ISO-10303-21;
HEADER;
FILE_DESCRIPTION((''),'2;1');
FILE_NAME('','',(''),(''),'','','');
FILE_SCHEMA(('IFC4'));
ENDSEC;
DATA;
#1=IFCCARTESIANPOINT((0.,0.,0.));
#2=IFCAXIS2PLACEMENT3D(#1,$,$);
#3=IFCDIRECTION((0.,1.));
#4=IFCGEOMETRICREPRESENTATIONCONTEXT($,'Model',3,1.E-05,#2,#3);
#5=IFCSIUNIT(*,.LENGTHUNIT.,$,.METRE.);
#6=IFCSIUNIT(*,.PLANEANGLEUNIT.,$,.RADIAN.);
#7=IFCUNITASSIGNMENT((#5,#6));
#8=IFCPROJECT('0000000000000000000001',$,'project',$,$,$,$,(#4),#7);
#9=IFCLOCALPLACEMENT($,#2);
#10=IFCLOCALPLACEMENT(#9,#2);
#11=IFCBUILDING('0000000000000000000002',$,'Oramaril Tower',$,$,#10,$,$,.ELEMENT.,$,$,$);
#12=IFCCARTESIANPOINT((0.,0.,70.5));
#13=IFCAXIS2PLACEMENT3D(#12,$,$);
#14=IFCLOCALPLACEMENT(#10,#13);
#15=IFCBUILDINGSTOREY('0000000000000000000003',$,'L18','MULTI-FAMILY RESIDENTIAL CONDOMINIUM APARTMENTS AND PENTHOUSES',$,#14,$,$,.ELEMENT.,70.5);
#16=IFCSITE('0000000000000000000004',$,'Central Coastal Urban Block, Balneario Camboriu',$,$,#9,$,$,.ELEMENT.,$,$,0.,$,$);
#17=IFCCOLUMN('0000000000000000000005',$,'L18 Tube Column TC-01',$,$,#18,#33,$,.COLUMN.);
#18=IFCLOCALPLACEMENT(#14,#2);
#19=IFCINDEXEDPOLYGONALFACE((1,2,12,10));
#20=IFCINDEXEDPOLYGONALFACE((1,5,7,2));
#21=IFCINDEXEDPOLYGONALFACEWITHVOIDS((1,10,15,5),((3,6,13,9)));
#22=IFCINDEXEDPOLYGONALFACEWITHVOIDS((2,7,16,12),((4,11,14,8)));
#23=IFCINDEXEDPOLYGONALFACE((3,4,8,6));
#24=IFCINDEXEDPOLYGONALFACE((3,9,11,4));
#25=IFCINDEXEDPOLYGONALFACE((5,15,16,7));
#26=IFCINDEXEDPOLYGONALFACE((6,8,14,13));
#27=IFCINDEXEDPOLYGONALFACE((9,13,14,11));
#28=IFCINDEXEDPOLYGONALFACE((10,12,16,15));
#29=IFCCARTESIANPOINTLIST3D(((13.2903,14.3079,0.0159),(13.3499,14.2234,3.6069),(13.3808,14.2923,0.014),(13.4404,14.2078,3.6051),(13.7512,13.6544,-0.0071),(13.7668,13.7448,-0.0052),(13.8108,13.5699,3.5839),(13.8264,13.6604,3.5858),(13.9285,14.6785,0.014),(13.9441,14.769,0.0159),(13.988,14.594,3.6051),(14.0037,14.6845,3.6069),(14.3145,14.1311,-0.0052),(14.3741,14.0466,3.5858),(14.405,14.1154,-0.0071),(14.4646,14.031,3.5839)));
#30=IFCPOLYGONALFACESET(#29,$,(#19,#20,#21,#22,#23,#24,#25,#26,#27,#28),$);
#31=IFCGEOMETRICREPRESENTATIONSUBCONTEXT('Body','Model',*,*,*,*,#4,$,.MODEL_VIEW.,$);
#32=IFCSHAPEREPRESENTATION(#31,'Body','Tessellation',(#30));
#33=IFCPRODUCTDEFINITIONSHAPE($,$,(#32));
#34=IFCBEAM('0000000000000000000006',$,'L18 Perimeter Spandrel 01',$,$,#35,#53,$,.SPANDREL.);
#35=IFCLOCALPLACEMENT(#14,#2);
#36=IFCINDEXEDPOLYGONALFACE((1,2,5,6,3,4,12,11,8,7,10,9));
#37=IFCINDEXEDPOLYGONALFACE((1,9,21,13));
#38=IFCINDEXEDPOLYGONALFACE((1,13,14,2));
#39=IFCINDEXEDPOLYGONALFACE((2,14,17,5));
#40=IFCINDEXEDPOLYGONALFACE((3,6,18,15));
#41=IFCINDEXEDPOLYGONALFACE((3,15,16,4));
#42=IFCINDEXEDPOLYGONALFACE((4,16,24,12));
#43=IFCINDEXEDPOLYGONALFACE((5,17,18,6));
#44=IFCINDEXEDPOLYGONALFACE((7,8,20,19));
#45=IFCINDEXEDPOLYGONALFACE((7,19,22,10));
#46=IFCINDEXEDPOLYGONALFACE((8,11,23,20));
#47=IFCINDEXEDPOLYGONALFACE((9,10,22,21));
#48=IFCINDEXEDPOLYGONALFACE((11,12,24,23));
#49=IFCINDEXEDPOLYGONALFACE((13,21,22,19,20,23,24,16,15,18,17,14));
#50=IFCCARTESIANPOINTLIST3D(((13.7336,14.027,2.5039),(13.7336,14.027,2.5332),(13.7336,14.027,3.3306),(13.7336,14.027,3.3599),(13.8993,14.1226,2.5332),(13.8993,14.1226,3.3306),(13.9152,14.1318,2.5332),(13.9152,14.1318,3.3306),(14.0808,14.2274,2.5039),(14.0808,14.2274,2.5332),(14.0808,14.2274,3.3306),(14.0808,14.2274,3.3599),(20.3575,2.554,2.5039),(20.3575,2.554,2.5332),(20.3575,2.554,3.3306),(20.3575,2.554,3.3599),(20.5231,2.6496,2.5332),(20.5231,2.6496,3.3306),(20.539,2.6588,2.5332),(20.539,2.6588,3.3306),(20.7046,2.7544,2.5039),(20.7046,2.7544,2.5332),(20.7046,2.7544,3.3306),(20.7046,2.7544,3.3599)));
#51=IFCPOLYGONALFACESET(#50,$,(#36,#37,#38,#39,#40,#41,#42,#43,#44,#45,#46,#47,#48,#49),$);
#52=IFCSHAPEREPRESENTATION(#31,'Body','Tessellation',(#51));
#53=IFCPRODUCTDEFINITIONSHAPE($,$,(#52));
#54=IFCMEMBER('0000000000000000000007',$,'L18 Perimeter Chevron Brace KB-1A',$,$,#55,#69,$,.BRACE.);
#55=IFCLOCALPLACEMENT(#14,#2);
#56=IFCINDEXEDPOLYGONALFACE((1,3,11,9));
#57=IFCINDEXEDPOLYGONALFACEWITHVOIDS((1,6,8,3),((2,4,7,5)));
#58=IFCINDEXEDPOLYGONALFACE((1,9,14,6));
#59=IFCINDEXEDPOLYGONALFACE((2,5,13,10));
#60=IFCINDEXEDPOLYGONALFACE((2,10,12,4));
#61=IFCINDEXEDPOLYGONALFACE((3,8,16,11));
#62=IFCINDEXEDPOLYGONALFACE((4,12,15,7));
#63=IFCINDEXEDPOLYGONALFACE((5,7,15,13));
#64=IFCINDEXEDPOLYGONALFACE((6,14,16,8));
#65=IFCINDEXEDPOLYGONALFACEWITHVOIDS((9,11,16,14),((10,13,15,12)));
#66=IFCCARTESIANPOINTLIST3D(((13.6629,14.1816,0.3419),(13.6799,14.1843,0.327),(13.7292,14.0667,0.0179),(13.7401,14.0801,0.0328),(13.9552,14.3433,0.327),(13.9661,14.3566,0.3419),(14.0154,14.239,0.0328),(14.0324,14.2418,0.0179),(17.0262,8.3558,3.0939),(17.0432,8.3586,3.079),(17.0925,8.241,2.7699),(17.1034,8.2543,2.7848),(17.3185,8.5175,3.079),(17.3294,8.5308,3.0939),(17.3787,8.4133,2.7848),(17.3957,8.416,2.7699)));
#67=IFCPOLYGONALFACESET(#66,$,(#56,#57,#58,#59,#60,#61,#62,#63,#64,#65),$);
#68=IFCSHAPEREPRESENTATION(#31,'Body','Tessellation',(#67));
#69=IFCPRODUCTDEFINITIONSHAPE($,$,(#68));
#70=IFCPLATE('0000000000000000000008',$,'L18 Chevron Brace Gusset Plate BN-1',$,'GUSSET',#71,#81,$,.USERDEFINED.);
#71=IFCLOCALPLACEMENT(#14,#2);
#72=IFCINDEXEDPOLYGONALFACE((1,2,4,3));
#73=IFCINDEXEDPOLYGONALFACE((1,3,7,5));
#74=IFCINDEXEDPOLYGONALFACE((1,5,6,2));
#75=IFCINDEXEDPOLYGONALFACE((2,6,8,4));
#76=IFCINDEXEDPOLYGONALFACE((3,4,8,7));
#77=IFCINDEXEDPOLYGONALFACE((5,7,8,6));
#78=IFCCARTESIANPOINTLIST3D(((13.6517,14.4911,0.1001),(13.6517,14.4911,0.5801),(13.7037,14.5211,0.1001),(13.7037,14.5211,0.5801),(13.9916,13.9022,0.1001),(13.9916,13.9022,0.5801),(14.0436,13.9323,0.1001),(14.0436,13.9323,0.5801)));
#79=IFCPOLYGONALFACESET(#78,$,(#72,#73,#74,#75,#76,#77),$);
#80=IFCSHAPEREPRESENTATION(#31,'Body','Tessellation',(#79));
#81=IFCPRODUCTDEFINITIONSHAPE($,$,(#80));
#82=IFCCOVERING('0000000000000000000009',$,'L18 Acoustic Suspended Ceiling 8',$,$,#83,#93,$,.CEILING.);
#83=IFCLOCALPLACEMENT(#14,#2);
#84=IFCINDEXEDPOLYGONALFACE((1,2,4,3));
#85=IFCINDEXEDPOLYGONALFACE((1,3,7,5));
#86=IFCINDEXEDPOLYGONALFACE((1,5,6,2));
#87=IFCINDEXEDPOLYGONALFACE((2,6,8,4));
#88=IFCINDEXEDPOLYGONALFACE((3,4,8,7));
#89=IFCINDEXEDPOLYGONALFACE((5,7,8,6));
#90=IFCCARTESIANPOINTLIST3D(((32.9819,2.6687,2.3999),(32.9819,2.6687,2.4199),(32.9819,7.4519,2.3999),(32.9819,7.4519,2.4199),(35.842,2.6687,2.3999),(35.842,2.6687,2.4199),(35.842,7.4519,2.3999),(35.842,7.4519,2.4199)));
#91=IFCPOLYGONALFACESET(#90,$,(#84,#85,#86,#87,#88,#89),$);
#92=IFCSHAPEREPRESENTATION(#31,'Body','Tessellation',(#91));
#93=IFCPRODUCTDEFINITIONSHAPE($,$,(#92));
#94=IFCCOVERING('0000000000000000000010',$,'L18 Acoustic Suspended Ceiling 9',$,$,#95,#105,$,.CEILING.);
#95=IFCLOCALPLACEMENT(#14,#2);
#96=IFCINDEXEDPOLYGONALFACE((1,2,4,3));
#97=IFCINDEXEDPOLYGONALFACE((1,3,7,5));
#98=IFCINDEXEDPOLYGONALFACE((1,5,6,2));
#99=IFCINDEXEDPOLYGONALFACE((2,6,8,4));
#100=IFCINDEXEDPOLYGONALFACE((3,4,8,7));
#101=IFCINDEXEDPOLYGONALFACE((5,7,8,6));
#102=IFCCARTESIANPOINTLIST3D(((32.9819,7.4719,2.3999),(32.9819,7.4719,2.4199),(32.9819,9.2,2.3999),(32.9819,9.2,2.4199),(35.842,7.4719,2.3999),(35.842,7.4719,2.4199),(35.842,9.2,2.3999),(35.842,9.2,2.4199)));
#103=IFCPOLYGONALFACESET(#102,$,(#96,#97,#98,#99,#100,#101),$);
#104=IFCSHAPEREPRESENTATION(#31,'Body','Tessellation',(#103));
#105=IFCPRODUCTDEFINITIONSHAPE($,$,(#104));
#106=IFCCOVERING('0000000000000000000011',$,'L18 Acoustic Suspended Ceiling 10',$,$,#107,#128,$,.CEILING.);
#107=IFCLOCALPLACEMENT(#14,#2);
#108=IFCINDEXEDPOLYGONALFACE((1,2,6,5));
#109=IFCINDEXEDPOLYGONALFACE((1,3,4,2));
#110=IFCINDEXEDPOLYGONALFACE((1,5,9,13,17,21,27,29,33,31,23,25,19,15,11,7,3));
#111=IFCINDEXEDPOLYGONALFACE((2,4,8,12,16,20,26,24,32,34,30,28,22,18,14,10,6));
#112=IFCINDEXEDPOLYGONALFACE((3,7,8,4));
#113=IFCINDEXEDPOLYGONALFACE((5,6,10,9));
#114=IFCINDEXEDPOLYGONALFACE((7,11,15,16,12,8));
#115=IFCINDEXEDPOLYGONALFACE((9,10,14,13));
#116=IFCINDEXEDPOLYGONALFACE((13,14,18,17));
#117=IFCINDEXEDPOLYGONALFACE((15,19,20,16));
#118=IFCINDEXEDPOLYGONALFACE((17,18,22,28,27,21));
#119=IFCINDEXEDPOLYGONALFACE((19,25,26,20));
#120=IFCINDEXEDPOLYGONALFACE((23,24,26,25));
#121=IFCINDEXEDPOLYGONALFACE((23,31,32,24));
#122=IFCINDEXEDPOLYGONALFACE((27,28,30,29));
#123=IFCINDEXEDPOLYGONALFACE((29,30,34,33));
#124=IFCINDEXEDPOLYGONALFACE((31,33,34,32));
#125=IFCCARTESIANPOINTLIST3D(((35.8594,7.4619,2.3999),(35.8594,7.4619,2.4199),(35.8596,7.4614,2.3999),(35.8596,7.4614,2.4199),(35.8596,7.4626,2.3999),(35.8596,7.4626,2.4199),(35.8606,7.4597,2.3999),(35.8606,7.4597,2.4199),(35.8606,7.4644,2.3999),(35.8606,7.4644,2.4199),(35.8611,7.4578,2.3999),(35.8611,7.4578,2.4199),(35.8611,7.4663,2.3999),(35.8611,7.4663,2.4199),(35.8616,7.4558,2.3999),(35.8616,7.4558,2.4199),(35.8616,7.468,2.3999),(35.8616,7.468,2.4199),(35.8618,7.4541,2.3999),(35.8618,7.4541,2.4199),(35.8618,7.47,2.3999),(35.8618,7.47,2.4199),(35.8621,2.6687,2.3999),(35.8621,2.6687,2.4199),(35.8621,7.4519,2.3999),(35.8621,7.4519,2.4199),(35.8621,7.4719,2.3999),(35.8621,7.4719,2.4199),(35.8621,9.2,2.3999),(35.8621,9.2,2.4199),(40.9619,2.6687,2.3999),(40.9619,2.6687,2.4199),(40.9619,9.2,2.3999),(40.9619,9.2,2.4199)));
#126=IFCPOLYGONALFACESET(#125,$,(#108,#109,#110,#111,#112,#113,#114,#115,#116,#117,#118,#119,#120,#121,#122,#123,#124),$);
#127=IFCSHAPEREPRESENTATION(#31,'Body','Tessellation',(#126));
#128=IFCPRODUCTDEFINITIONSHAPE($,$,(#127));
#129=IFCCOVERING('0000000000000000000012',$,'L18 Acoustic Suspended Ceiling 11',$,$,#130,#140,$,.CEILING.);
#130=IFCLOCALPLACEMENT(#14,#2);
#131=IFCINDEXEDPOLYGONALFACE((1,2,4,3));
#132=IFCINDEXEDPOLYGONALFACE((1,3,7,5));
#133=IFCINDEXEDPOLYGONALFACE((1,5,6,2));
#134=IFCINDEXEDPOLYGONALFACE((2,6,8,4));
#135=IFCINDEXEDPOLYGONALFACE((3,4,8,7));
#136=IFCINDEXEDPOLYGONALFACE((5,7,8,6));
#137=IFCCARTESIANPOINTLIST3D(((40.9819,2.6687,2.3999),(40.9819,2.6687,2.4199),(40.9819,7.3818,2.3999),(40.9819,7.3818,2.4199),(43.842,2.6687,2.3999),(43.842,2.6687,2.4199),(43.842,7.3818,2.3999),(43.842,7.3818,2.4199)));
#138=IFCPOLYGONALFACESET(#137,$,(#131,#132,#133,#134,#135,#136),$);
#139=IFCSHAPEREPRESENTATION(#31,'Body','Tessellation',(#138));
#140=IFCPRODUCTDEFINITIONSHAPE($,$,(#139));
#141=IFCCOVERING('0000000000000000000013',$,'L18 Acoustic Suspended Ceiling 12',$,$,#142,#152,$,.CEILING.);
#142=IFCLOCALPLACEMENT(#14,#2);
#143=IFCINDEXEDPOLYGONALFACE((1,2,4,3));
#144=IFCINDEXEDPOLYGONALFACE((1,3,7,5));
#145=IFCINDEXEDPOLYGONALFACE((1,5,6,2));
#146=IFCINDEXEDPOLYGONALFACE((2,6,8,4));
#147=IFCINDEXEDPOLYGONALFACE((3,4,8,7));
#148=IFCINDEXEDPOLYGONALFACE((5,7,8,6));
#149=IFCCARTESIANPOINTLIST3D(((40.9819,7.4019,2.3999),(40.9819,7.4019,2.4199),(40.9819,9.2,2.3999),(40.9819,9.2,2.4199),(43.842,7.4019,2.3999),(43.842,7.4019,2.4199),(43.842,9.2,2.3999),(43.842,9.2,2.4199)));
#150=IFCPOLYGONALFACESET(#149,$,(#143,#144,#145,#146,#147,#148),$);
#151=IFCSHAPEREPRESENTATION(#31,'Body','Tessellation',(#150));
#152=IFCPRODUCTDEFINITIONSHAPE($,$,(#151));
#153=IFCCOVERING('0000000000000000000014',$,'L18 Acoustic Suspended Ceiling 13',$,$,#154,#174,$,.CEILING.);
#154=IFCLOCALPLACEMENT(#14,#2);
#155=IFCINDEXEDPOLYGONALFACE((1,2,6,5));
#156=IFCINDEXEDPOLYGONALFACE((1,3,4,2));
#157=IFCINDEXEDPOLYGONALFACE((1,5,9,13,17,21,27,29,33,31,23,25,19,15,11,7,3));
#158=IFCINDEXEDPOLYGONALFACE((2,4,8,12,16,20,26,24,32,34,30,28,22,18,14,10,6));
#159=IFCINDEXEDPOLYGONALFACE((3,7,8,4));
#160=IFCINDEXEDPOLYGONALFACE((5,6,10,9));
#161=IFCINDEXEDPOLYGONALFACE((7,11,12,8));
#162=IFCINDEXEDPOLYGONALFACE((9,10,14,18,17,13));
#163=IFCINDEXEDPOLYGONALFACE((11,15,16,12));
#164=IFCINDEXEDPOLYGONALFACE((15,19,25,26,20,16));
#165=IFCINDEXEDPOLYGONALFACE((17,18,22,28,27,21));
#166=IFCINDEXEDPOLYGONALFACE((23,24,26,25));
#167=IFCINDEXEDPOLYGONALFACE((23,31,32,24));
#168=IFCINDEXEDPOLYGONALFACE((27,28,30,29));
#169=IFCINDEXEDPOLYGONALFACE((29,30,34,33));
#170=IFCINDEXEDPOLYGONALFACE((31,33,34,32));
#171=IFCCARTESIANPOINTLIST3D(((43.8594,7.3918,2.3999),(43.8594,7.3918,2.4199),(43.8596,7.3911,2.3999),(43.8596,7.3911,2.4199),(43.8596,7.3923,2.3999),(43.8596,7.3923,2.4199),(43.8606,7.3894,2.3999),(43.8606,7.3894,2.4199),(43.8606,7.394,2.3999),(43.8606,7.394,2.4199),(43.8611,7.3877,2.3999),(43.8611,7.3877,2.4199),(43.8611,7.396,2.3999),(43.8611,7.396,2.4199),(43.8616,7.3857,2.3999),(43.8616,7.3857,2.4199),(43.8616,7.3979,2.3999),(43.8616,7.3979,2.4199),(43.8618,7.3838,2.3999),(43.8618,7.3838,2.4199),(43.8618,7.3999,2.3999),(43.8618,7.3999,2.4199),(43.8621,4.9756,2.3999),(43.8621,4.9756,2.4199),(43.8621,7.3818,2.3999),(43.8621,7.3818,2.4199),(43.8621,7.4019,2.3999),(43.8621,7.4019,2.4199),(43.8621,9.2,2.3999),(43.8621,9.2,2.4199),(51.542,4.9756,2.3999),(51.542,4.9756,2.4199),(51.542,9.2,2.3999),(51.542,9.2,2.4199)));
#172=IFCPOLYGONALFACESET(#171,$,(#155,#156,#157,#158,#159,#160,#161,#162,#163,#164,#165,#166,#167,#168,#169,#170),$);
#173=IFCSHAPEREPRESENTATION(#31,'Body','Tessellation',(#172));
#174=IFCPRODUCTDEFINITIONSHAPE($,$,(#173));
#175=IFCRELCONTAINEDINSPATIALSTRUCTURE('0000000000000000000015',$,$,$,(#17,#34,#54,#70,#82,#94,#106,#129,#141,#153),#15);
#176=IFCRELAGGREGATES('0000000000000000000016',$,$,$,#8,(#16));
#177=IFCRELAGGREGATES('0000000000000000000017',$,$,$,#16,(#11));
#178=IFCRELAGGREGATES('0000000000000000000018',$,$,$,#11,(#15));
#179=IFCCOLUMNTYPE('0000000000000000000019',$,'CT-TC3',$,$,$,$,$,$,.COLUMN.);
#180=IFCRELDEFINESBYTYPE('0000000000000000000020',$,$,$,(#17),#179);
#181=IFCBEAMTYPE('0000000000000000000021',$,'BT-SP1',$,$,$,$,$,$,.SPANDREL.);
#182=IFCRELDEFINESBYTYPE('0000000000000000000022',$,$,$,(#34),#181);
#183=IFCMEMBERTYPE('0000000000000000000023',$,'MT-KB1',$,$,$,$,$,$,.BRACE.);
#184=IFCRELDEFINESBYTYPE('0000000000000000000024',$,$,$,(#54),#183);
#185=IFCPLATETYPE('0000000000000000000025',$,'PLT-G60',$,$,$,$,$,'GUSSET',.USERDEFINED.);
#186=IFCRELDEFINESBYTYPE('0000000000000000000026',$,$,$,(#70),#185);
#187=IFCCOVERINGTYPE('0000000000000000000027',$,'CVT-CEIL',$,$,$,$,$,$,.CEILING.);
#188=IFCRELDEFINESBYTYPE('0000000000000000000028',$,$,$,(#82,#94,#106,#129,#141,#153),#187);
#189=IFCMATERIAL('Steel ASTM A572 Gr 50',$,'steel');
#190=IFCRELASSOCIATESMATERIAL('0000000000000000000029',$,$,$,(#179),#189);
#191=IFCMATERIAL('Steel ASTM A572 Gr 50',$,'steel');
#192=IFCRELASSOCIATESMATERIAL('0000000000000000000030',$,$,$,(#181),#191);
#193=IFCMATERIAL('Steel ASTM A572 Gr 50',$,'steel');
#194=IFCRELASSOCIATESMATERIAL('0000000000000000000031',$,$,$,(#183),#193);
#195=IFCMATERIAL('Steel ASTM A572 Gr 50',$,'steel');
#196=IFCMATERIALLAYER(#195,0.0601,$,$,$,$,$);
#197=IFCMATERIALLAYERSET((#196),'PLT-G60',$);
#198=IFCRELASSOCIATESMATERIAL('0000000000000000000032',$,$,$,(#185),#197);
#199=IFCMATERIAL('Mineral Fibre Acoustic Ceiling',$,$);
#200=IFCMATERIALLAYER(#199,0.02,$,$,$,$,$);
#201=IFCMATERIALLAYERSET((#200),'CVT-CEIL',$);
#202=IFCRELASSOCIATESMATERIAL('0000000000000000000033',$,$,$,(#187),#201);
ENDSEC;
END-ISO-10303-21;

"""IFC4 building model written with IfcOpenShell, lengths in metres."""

from ifc_helpers import new_model, si_unit, direction, frame, origin, origin_2d, place, context, subcontext, project, spatial, polyline, rectangle, hollow_rectangle, i_section, outline, extrude, material, layer, layer_set, material_profile, profile_set, type_object, element, save


model = new_model("IFC4")

# Units and contexts
model_context = context("Model", 3, precision=1e-05, world=origin(), true_north=direction((0.0, 1.0)))
body_context = subcontext(model_context, "Body", "Model", "MODEL_VIEW")
ifc_project = project(units=[si_unit("LENGTHUNIT", "METRE"), si_unit("PLANEANGLEUNIT", "RADIAN")], contexts=[model_context])

# Site, building, storey
site_placement = place(None, origin())
site = spatial("IfcSite", under=ifc_project, at=site_placement, Name="Central Coastal Urban Block, Balneario Camboriu", CompositionType="ELEMENT", RefElevation=0.0)
building_placement = place(site_placement, origin())
building = spatial("IfcBuilding", under=site, at=building_placement, Name="Oramaril Tower", CompositionType="ELEMENT")
storey_placement = place(building_placement, frame((0.0, 0.0, 70.5)))
storey = spatial("IfcBuildingStorey", under=building, at=storey_placement, Name="L18", Description="MULTI-FAMILY RESIDENTIAL CONDOMINIUM APARTMENTS AND PENTHOUSES", CompositionType="ELEMENT", Elevation=70.5)

# Column
ifc_material_1 = material(Name="Steel ASTM A572 Gr 50", Category="steel")
ifc_material_profile_1 = material_profile(ifc_material_1, hollow_rectangle(XDim=0.8, YDim=0.8, WallThickness=0.0649, at=origin_2d()), Name="BOX800X800X65")
ifc_profile_set_1 = profile_set([ifc_material_profile_1], Name="Steel ASTM A572 Gr 50")
column_type = type_object("IfcColumnType", Name="CT-TC3", PredefinedType="COLUMN", material=ifc_profile_set_1)
column_placement = place(storey_placement, frame((13.8477, 14.2117, 0.0044), z_axis=(0.016582, -0.023513, 0.999586), x_axis=(0.81723, 0.576312, 0.0)))
element("IfcColumn", 1, at=column_placement, inside=storey, type_object=column_type, Name="L18 Tube Column TC-01", PredefinedType="COLUMN", context=body_context, shape_type="SweptSolid", body=[
    extrude(hollow_rectangle(XDim=0.8, YDim=0.8, WallThickness=0.0649, at=origin_2d()), origin(), (0.0, 0.0, 1.0), 3.5925),
])

# Beam
ifc_material_2 = material(Name="Steel ASTM A572 Gr 50", Category="steel")
ifc_material_profile_2 = material_profile(ifc_material_2, i_section(OverallWidth=0.4009, OverallDepth=0.856, WebThickness=0.0183, FlangeThickness=0.0293, at=origin_2d()), Name="W33X201")
ifc_profile_set_2 = profile_set([ifc_material_profile_2], Name="Steel ASTM A572 Gr 50")
beam_type = type_object("IfcBeamType", Name="BT-SP1", PredefinedType="SPANDREL", material=ifc_profile_set_2)
beam_placement = place(storey_placement, frame((13.9072, 14.1272, 2.9319), z_axis=(0.499994, -0.866029, 0.0), x_axis=(0.866029, 0.499994, 0.0)))
element("IfcBeam", 2, at=beam_placement, inside=storey, type_object=beam_type, Name="L18 Perimeter Spandrel 01", PredefinedType="SPANDREL", context=body_context, shape_type="SweptSolid", body=[
    extrude(i_section(OverallWidth=0.4009, OverallDepth=0.856, WebThickness=0.0183, FlangeThickness=0.0293, at=origin_2d()), origin(), (0.0, 0.0, 1.0), 13.2478),
])

# Member
ifc_material_3 = material(Name="Steel ASTM A572 Gr 50", Category="steel")
ifc_material_profile_3 = material_profile(ifc_material_3, hollow_rectangle(XDim=0.3501, YDim=0.3501, WallThickness=0.0161, at=origin_2d()), Name="HSS350X350X16")
ifc_profile_set_3 = profile_set([ifc_material_profile_3], Name="Steel ASTM A572 Gr 50")
member_type = type_object("IfcMemberType", Name="MT-KB1", PredefinedType="BRACE", material=ifc_profile_set_3)
member_placement = place(storey_placement, frame((13.8477, 14.2117, 0.1799), z_axis=(0.462753, -0.801555, 0.378641), x_axis=(0.866037, 0.49998, 0.0)))
element("IfcMember", 3, at=member_placement, inside=storey, type_object=member_type, Name="L18 Perimeter Chevron Brace KB-1A", PredefinedType="BRACE", context=body_context, shape_type="SweptSolid", body=[
    extrude(hollow_rectangle(XDim=0.3501, YDim=0.3501, WallThickness=0.0161, at=origin_2d()), origin(), (0.0, 0.0, 1.0), 7.2681),
])

# Plate
ifc_material_4 = material(Name="Steel ASTM A572 Gr 50", Category="steel")
ifc_layer_1 = layer(ifc_material_4, 0.0601)
ifc_layer_set_1 = layer_set([ifc_layer_1], Name="PLT-G60")
plate_type = type_object("IfcPlateType", Name="PLT-G60", ElementType="GUSSET", PredefinedType="USERDEFINED", material=ifc_layer_set_1)
plate_placement = place(storey_placement, frame((13.8477, 14.2117, 0.1001), z_axis=(0.0, 0.0, 1.0), x_axis=(0.5, -0.866025, 0.0)))
element("IfcPlate", 4, at=plate_placement, inside=storey, type_object=plate_type, Name="L18 Chevron Brace Gusset Plate BN-1", ObjectType="GUSSET", PredefinedType="USERDEFINED", context=body_context, shape_type="SweptSolid", body=[
    extrude(rectangle(XDim=0.6799, YDim=0.0601, at=origin_2d()), origin(), (0.0, 0.0, 1.0), 0.48),
])

# Coverings
ifc_material_5 = material(Name="Mineral Fibre Acoustic Ceiling")
ifc_layer_2 = layer(ifc_material_5, 0.02)
ifc_layer_set_2 = layer_set([ifc_layer_2], Name="CVT-CEIL")
covering_type_1 = type_object("IfcCoveringType", Name="CVT-CEIL", PredefinedType="CEILING", material=ifc_layer_set_2)
covering_1_placement = place(storey_placement, frame((0.0, 0.0, 2.3999)))
element("IfcCovering", 5, at=covering_1_placement, inside=storey, type_object=covering_type_1, Name="L18 Acoustic Suspended Ceiling 8", PredefinedType="CEILING", context=body_context, shape_type="SweptSolid", body=[
    extrude(outline(polyline([(35.842, 7.4519), (35.842, 2.6687), (32.9819, 2.6687), (32.9819, 7.4519), (35.842, 7.4519)])), origin(), (0.0, 0.0, 1.0), 0.02),
])
covering_2_placement = place(storey_placement, frame((0.0, 0.0, 2.3999)))
element("IfcCovering", 6, at=covering_2_placement, inside=storey, type_object=covering_type_1, Name="L18 Acoustic Suspended Ceiling 9", PredefinedType="CEILING", context=body_context, shape_type="SweptSolid", body=[
    extrude(outline(polyline([(35.842, 7.4719), (32.9819, 7.4719), (32.9819, 9.2), (35.842, 9.2), (35.842, 7.4719)])), origin(), (0.0, 0.0, 1.0), 0.02),
])
covering_3_placement = place(storey_placement, frame((0.0, 0.0, 2.3999)))
element("IfcCovering", 7, at=covering_3_placement, inside=storey, type_object=covering_type_1, Name="L18 Acoustic Suspended Ceiling 10", PredefinedType="CEILING", context=body_context, shape_type="SweptSolid", body=[
    extrude(outline(polyline([(40.9619, 2.6687), (35.8621, 2.6687), (35.8621, 7.4519), (35.8618, 7.4541), (35.8616, 7.4558), (35.8611, 7.4578), (35.8606, 7.4597), (35.8596, 7.4614), (35.8594, 7.4619), (35.8596, 7.4626), (35.8606, 7.4644), (35.8611, 7.4663), (35.8616, 7.468), (35.8618, 7.47), (35.8621, 7.4719), (35.8621, 9.2), (40.9619, 9.2), (40.9619, 2.6687)])), origin(), (0.0, 0.0, 1.0), 0.02),
])
covering_4_placement = place(storey_placement, frame((0.0, 0.0, 2.3999)))
element("IfcCovering", 8, at=covering_4_placement, inside=storey, type_object=covering_type_1, Name="L18 Acoustic Suspended Ceiling 11", PredefinedType="CEILING", context=body_context, shape_type="SweptSolid", body=[
    extrude(outline(polyline([(43.842, 7.3818), (43.842, 2.6687), (40.9819, 2.6687), (40.9819, 7.3818), (43.842, 7.3818)])), origin(), (0.0, 0.0, 1.0), 0.02),
])
covering_5_placement = place(storey_placement, frame((0.0, 0.0, 2.3999)))
element("IfcCovering", 9, at=covering_5_placement, inside=storey, type_object=covering_type_1, Name="L18 Acoustic Suspended Ceiling 12", PredefinedType="CEILING", context=body_context, shape_type="SweptSolid", body=[
    extrude(outline(polyline([(43.842, 7.4019), (40.9819, 7.4019), (40.9819, 9.2), (43.842, 9.2), (43.842, 7.4019)])), origin(), (0.0, 0.0, 1.0), 0.02),
])
covering_6_placement = place(storey_placement, frame((0.0, 0.0, 2.3999)))
element("IfcCovering", 10, at=covering_6_placement, inside=storey, type_object=covering_type_1, Name="L18 Acoustic Suspended Ceiling 13", PredefinedType="CEILING", context=body_context, shape_type="SweptSolid", body=[
    extrude(outline(polyline([(51.542, 4.9756), (43.8621, 4.9756), (43.8621, 7.3818), (43.8618, 7.3838), (43.8616, 7.3857), (43.8611, 7.3877), (43.8606, 7.3894), (43.8596, 7.3911), (43.8594, 7.3918), (43.8596, 7.3923), (43.8606, 7.394), (43.8611, 7.396), (43.8616, 7.3979), (43.8618, 7.3999), (43.8621, 7.4019), (43.8621, 9.2), (51.542, 9.2), (51.542, 4.9756)])), origin(), (0.0, 0.0, 1.0), 0.02),
])

save(model, "model.ifc")
